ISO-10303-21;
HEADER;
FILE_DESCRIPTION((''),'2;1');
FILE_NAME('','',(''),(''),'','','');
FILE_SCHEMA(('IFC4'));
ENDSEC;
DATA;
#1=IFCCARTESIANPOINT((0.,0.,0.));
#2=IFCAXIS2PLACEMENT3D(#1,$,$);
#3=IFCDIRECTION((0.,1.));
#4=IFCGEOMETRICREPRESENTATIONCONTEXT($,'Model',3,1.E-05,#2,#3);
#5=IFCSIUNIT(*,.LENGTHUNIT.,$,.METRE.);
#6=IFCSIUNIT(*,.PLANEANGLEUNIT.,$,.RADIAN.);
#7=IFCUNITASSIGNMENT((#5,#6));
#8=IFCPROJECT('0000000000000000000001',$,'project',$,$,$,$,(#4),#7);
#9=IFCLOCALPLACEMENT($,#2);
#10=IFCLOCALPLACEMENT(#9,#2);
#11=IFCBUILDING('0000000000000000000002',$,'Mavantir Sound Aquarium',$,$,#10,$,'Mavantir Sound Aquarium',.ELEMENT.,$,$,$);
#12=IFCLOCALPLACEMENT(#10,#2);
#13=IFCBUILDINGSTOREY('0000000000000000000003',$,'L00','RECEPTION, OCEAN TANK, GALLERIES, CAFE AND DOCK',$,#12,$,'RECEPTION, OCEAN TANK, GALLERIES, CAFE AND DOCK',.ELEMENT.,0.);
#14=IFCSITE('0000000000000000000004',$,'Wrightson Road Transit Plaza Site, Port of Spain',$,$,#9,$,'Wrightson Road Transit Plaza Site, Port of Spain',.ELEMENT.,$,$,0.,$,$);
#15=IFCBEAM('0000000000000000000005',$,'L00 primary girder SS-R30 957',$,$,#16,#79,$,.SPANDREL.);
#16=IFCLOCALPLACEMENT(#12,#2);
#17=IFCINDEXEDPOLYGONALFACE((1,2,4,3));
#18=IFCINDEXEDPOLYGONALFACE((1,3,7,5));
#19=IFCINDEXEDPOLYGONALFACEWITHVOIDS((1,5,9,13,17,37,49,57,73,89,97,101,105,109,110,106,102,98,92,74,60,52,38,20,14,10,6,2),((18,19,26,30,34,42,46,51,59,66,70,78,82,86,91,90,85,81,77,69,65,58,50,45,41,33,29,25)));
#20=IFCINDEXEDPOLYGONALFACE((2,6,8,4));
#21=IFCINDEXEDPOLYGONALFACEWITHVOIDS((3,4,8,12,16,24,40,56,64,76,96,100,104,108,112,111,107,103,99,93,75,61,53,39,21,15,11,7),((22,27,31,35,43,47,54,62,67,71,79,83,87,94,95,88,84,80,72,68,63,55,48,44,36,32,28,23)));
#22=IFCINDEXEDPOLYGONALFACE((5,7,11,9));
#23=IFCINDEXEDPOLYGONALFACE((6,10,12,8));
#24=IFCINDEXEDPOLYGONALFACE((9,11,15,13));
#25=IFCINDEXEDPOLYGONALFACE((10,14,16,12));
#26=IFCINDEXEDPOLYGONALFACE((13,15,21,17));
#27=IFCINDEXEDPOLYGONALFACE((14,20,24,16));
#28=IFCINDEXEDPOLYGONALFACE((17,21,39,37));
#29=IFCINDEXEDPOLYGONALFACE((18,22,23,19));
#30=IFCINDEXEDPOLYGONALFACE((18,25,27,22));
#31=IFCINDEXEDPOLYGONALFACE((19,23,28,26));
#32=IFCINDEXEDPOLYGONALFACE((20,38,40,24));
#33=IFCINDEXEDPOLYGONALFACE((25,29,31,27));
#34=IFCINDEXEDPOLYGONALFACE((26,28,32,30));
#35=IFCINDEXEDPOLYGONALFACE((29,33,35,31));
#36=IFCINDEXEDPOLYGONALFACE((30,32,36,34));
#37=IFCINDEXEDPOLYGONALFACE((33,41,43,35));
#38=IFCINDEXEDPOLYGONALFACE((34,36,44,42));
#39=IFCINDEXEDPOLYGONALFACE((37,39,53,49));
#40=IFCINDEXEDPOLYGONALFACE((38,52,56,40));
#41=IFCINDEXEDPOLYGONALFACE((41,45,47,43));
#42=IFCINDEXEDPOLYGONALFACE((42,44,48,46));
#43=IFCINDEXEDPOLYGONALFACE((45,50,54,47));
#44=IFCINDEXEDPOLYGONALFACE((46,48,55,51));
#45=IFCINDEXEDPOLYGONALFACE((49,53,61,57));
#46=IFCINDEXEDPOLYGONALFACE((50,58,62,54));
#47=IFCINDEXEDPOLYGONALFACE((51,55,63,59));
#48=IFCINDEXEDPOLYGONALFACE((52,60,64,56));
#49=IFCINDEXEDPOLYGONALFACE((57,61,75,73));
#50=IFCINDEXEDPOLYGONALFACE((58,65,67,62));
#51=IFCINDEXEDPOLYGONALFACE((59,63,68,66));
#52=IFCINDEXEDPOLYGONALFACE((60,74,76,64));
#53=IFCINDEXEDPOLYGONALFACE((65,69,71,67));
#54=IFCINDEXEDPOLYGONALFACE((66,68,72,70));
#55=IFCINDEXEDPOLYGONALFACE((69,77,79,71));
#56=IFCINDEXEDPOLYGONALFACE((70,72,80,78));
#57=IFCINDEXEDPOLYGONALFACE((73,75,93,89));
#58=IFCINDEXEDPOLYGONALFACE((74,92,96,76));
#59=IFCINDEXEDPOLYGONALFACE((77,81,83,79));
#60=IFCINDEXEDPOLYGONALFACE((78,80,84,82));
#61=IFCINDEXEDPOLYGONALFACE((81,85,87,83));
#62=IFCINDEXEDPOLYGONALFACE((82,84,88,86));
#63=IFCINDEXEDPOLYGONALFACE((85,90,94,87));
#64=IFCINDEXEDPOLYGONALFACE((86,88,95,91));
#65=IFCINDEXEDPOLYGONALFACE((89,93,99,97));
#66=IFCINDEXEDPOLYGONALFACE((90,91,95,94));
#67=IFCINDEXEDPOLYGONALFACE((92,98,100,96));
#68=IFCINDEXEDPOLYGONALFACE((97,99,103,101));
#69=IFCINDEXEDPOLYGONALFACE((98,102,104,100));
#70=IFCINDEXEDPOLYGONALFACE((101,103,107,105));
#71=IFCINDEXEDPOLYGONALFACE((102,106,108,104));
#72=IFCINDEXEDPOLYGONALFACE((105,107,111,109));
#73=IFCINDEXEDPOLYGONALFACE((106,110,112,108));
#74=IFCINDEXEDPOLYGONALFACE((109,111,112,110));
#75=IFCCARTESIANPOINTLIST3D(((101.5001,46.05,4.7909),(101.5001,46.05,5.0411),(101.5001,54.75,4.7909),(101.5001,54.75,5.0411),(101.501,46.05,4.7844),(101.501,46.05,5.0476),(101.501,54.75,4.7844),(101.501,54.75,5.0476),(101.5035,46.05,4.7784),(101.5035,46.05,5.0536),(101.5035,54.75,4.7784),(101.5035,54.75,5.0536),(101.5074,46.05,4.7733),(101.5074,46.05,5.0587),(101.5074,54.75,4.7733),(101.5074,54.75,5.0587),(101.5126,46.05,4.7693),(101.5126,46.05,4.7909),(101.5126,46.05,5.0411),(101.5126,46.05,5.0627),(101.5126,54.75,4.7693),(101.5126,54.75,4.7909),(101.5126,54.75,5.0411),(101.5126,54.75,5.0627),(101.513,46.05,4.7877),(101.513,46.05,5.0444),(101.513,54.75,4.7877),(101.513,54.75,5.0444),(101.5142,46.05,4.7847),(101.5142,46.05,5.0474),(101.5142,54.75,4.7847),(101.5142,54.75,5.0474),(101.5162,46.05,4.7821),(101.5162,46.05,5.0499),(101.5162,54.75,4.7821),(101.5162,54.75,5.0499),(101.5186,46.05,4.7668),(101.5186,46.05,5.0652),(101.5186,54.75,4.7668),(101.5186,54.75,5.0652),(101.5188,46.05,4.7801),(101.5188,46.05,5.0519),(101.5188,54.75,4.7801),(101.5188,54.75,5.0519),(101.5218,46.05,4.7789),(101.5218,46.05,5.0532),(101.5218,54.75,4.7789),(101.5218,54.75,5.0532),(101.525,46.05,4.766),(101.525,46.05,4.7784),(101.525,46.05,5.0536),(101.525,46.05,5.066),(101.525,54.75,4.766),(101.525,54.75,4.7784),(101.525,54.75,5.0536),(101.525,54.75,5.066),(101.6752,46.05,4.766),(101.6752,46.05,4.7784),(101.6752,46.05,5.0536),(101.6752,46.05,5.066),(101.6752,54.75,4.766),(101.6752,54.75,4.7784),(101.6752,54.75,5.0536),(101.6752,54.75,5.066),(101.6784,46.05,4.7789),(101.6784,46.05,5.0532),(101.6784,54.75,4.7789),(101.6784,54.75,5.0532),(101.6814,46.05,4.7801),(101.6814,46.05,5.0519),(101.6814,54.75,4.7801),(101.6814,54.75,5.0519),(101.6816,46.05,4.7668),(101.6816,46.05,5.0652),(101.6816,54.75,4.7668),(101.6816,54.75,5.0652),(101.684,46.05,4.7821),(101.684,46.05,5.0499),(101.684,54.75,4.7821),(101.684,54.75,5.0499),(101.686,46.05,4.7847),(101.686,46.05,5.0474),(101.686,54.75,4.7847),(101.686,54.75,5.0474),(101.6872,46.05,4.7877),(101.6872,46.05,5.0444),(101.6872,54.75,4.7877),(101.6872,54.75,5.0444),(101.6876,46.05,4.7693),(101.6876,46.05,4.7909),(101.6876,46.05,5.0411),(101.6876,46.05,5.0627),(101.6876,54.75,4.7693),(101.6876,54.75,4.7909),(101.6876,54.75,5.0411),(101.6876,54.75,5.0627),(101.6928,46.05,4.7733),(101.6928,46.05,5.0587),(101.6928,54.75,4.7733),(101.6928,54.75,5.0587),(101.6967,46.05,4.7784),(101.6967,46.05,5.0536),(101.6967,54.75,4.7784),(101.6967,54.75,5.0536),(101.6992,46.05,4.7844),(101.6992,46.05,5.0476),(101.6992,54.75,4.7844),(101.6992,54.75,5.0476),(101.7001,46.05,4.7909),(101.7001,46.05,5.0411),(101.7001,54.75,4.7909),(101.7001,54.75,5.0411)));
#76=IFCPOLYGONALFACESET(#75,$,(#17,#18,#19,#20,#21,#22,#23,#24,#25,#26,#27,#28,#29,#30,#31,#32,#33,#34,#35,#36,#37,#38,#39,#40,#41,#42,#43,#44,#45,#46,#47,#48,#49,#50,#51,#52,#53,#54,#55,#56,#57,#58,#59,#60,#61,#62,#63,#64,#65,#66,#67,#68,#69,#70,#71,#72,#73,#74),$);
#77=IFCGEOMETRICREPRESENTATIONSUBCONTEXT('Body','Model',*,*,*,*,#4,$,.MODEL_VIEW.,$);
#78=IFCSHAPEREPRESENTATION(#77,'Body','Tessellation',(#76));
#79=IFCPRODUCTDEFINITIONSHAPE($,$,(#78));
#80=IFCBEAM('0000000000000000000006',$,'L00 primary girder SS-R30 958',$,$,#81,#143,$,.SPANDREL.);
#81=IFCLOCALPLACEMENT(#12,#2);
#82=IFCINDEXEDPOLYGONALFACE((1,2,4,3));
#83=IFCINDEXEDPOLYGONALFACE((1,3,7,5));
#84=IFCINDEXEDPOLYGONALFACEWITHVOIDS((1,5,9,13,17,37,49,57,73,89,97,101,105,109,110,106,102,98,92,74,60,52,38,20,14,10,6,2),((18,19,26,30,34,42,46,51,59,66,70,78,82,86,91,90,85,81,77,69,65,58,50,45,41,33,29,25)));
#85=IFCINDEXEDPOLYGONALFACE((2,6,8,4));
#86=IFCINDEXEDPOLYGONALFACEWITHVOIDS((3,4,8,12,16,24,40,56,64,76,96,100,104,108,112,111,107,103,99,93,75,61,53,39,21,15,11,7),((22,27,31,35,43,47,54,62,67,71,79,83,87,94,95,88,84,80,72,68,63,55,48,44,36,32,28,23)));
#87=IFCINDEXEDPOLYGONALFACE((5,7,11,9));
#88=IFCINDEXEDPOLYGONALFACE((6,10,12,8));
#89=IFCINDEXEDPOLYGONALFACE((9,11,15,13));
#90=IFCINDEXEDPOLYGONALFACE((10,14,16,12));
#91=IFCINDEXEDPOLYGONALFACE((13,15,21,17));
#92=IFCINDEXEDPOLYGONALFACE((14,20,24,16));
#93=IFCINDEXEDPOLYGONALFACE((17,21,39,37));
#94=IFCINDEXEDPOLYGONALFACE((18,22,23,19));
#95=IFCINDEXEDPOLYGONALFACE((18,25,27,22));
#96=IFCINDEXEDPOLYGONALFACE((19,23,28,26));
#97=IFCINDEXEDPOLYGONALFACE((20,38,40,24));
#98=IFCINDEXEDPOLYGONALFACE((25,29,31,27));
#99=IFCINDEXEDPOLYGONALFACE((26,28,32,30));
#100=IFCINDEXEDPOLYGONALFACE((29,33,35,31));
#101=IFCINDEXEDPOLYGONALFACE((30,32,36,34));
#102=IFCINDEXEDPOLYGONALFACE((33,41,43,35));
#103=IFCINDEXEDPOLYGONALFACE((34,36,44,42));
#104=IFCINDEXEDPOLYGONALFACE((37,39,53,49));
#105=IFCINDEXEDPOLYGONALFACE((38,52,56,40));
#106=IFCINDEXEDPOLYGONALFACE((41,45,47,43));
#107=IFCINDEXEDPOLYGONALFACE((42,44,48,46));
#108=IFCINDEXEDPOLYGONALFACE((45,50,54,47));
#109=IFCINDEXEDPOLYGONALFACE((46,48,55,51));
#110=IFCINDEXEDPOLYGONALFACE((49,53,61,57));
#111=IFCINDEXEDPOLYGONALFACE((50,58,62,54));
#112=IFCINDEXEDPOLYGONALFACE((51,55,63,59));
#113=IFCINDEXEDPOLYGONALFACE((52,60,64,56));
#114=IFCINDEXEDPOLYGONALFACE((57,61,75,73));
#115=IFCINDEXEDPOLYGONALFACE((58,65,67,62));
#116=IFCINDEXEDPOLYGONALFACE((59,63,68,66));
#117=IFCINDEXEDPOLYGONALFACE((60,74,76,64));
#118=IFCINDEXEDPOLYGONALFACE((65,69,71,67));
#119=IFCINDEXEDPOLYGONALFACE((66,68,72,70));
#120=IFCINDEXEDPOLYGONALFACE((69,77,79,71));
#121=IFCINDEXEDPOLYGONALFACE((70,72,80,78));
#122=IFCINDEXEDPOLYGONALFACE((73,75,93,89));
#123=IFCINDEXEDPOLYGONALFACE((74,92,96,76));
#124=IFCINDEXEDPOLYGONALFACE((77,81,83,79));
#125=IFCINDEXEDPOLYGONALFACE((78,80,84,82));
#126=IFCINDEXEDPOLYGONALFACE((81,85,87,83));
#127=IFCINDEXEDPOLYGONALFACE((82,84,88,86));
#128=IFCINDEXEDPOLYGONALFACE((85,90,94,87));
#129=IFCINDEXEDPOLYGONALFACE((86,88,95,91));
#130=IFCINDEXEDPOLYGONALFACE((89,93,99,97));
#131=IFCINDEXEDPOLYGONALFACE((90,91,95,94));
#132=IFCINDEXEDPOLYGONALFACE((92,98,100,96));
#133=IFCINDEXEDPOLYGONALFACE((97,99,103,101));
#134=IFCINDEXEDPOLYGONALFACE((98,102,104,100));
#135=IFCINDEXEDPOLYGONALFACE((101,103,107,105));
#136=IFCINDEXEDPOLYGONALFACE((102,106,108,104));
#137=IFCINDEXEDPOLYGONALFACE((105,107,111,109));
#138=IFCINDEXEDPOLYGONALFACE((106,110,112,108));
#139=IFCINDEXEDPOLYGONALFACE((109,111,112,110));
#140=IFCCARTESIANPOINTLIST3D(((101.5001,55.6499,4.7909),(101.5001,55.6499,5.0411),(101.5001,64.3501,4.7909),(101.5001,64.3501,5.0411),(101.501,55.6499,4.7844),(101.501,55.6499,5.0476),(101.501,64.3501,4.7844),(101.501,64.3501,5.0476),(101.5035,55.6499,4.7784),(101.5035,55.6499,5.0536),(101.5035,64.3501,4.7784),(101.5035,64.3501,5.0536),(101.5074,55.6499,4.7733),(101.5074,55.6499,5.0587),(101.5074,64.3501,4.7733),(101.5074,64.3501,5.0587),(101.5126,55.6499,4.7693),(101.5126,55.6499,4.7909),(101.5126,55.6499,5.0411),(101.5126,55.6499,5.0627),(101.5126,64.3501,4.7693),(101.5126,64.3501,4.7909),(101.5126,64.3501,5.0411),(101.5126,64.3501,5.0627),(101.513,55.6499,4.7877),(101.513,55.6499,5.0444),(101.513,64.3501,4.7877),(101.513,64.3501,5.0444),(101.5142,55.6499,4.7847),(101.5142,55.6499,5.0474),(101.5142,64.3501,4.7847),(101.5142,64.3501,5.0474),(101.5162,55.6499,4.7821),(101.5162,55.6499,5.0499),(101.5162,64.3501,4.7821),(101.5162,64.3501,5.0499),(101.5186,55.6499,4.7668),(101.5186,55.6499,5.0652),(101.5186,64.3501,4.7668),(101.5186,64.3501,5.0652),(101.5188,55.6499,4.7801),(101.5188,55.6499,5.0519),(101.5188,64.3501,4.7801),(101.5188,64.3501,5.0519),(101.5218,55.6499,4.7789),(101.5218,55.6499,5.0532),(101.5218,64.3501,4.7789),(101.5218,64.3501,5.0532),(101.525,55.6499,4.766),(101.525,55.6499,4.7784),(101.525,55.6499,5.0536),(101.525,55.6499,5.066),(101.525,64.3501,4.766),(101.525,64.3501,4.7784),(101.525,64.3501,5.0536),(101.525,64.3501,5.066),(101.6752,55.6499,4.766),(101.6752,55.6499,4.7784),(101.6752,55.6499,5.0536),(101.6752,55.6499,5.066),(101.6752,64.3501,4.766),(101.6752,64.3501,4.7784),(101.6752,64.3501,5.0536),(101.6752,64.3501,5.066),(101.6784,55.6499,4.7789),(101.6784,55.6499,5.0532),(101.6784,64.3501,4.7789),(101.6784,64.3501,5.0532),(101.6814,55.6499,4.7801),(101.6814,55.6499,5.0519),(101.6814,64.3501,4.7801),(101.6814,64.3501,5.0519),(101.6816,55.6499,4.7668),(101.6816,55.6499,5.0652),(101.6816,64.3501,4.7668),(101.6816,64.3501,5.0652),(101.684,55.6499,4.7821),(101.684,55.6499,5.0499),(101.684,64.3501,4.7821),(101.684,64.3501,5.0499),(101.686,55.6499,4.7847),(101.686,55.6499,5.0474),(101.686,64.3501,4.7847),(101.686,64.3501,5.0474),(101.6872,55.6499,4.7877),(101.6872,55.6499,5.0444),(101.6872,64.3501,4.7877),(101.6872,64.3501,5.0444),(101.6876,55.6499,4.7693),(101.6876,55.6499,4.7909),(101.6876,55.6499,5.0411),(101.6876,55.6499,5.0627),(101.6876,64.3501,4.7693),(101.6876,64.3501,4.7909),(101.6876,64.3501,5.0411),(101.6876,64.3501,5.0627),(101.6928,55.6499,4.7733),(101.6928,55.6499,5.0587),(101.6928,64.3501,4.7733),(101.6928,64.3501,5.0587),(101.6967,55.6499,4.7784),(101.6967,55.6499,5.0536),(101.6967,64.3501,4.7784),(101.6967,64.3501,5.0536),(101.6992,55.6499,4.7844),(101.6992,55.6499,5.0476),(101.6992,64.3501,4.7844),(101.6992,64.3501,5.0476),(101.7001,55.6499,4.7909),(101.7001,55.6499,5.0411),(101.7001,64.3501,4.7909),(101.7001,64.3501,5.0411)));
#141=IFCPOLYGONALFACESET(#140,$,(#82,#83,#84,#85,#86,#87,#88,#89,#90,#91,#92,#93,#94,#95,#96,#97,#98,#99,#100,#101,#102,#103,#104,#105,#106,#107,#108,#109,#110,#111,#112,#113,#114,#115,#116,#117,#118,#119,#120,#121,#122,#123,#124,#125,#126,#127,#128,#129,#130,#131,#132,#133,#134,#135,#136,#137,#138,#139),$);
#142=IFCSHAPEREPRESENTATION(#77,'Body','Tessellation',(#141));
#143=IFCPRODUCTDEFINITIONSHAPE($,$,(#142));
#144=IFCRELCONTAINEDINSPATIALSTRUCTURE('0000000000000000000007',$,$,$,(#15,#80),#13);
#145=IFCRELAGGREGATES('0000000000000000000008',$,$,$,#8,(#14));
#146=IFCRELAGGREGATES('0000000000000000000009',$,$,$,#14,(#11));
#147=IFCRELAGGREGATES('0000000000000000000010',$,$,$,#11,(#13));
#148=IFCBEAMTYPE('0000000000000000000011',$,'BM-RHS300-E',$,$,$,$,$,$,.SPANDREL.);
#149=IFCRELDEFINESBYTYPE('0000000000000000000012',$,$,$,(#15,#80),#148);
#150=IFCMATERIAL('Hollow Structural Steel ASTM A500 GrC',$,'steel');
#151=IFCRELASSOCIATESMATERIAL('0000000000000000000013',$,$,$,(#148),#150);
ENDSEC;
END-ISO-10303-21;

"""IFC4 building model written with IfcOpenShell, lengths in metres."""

from ifc_helpers import new_model, si_unit, direction, frame, origin, origin_2d, place, context, subcontext, project, spatial, hollow_rectangle, extrude, material, material_profile, profile_set, type_object, element, save


model = new_model("IFC4")

# Units and contexts
model_context = context("Model", 3, precision=1e-05, world=origin(), true_north=direction((0.0, 1.0)))
body_context = subcontext(model_context, "Body", "Model", "MODEL_VIEW")
ifc_project = project(units=[si_unit("LENGTHUNIT", "METRE"), si_unit("PLANEANGLEUNIT", "RADIAN")], contexts=[model_context])

# Site, building, storey
site_placement = place(None, origin())
site = spatial("IfcSite", under=ifc_project, at=site_placement, Name="Wrightson Road Transit Plaza Site, Port of Spain", LongName="Wrightson Road Transit Plaza Site, Port of Spain", CompositionType="ELEMENT", RefElevation=0.0)
building_placement = place(site_placement, origin())
building = spatial("IfcBuilding", under=site, at=building_placement, Name="Mavantir Sound Aquarium", LongName="Mavantir Sound Aquarium", CompositionType="ELEMENT")
storey_placement = place(building_placement, origin())
storey = spatial("IfcBuildingStorey", under=building, at=storey_placement, Name="L00", Description="RECEPTION, OCEAN TANK, GALLERIES, CAFE AND DOCK", LongName="RECEPTION, OCEAN TANK, GALLERIES, CAFE AND DOCK", CompositionType="ELEMENT", Elevation=0.0)

# Beams
ifc_material_1 = material(Name="Hollow Structural Steel ASTM A500 GrC", Category="steel")
ifc_material_profile_1 = material_profile(ifc_material_1, hollow_rectangle(XDim=0.2, YDim=0.3, WallThickness=0.0125, InnerFilletRadius=0.0125, OuterFilletRadius=0.0249, at=origin_2d()), Name="RHS 300X200X12.5")
ifc_profile_set_1 = profile_set([ifc_material_profile_1], Name="Hollow Structural Steel ASTM A500 GrC")
beam_type = type_object("IfcBeamType", Name="BM-RHS300-E", PredefinedType="SPANDREL", material=ifc_profile_set_1)
beam_1_placement = place(storey_placement, frame((101.6001, 46.05, 4.916), z_axis=(0.0, 1.0, 0.0), x_axis=(-1.0, 0.0, 0.0)))
element("IfcBeam", 1, at=beam_1_placement, inside=storey, type_object=beam_type, Name="L00 primary girder SS-R30 957", PredefinedType="SPANDREL", context=body_context, shape_type="SweptSolid", body=[
    extrude(hollow_rectangle(XDim=0.2, YDim=0.3, WallThickness=0.0125, InnerFilletRadius=0.0125, OuterFilletRadius=0.0249, at=origin_2d()), origin(), (0.0, 0.0, 1.0), 8.7),
])
beam_2_placement = place(storey_placement, frame((101.6001, 55.6499, 4.916), z_axis=(0.0, 1.0, 0.0), x_axis=(-1.0, 0.0, 0.0)))
element("IfcBeam", 2, at=beam_2_placement, inside=storey, type_object=beam_type, Name="L00 primary girder SS-R30 958", PredefinedType="SPANDREL", context=body_context, shape_type="SweptSolid", body=[
    extrude(hollow_rectangle(XDim=0.2, YDim=0.3, WallThickness=0.0125, InnerFilletRadius=0.0125, OuterFilletRadius=0.0249, at=origin_2d()), origin(), (0.0, 0.0, 1.0), 8.7002),
])

save(model, "model.ifc")
